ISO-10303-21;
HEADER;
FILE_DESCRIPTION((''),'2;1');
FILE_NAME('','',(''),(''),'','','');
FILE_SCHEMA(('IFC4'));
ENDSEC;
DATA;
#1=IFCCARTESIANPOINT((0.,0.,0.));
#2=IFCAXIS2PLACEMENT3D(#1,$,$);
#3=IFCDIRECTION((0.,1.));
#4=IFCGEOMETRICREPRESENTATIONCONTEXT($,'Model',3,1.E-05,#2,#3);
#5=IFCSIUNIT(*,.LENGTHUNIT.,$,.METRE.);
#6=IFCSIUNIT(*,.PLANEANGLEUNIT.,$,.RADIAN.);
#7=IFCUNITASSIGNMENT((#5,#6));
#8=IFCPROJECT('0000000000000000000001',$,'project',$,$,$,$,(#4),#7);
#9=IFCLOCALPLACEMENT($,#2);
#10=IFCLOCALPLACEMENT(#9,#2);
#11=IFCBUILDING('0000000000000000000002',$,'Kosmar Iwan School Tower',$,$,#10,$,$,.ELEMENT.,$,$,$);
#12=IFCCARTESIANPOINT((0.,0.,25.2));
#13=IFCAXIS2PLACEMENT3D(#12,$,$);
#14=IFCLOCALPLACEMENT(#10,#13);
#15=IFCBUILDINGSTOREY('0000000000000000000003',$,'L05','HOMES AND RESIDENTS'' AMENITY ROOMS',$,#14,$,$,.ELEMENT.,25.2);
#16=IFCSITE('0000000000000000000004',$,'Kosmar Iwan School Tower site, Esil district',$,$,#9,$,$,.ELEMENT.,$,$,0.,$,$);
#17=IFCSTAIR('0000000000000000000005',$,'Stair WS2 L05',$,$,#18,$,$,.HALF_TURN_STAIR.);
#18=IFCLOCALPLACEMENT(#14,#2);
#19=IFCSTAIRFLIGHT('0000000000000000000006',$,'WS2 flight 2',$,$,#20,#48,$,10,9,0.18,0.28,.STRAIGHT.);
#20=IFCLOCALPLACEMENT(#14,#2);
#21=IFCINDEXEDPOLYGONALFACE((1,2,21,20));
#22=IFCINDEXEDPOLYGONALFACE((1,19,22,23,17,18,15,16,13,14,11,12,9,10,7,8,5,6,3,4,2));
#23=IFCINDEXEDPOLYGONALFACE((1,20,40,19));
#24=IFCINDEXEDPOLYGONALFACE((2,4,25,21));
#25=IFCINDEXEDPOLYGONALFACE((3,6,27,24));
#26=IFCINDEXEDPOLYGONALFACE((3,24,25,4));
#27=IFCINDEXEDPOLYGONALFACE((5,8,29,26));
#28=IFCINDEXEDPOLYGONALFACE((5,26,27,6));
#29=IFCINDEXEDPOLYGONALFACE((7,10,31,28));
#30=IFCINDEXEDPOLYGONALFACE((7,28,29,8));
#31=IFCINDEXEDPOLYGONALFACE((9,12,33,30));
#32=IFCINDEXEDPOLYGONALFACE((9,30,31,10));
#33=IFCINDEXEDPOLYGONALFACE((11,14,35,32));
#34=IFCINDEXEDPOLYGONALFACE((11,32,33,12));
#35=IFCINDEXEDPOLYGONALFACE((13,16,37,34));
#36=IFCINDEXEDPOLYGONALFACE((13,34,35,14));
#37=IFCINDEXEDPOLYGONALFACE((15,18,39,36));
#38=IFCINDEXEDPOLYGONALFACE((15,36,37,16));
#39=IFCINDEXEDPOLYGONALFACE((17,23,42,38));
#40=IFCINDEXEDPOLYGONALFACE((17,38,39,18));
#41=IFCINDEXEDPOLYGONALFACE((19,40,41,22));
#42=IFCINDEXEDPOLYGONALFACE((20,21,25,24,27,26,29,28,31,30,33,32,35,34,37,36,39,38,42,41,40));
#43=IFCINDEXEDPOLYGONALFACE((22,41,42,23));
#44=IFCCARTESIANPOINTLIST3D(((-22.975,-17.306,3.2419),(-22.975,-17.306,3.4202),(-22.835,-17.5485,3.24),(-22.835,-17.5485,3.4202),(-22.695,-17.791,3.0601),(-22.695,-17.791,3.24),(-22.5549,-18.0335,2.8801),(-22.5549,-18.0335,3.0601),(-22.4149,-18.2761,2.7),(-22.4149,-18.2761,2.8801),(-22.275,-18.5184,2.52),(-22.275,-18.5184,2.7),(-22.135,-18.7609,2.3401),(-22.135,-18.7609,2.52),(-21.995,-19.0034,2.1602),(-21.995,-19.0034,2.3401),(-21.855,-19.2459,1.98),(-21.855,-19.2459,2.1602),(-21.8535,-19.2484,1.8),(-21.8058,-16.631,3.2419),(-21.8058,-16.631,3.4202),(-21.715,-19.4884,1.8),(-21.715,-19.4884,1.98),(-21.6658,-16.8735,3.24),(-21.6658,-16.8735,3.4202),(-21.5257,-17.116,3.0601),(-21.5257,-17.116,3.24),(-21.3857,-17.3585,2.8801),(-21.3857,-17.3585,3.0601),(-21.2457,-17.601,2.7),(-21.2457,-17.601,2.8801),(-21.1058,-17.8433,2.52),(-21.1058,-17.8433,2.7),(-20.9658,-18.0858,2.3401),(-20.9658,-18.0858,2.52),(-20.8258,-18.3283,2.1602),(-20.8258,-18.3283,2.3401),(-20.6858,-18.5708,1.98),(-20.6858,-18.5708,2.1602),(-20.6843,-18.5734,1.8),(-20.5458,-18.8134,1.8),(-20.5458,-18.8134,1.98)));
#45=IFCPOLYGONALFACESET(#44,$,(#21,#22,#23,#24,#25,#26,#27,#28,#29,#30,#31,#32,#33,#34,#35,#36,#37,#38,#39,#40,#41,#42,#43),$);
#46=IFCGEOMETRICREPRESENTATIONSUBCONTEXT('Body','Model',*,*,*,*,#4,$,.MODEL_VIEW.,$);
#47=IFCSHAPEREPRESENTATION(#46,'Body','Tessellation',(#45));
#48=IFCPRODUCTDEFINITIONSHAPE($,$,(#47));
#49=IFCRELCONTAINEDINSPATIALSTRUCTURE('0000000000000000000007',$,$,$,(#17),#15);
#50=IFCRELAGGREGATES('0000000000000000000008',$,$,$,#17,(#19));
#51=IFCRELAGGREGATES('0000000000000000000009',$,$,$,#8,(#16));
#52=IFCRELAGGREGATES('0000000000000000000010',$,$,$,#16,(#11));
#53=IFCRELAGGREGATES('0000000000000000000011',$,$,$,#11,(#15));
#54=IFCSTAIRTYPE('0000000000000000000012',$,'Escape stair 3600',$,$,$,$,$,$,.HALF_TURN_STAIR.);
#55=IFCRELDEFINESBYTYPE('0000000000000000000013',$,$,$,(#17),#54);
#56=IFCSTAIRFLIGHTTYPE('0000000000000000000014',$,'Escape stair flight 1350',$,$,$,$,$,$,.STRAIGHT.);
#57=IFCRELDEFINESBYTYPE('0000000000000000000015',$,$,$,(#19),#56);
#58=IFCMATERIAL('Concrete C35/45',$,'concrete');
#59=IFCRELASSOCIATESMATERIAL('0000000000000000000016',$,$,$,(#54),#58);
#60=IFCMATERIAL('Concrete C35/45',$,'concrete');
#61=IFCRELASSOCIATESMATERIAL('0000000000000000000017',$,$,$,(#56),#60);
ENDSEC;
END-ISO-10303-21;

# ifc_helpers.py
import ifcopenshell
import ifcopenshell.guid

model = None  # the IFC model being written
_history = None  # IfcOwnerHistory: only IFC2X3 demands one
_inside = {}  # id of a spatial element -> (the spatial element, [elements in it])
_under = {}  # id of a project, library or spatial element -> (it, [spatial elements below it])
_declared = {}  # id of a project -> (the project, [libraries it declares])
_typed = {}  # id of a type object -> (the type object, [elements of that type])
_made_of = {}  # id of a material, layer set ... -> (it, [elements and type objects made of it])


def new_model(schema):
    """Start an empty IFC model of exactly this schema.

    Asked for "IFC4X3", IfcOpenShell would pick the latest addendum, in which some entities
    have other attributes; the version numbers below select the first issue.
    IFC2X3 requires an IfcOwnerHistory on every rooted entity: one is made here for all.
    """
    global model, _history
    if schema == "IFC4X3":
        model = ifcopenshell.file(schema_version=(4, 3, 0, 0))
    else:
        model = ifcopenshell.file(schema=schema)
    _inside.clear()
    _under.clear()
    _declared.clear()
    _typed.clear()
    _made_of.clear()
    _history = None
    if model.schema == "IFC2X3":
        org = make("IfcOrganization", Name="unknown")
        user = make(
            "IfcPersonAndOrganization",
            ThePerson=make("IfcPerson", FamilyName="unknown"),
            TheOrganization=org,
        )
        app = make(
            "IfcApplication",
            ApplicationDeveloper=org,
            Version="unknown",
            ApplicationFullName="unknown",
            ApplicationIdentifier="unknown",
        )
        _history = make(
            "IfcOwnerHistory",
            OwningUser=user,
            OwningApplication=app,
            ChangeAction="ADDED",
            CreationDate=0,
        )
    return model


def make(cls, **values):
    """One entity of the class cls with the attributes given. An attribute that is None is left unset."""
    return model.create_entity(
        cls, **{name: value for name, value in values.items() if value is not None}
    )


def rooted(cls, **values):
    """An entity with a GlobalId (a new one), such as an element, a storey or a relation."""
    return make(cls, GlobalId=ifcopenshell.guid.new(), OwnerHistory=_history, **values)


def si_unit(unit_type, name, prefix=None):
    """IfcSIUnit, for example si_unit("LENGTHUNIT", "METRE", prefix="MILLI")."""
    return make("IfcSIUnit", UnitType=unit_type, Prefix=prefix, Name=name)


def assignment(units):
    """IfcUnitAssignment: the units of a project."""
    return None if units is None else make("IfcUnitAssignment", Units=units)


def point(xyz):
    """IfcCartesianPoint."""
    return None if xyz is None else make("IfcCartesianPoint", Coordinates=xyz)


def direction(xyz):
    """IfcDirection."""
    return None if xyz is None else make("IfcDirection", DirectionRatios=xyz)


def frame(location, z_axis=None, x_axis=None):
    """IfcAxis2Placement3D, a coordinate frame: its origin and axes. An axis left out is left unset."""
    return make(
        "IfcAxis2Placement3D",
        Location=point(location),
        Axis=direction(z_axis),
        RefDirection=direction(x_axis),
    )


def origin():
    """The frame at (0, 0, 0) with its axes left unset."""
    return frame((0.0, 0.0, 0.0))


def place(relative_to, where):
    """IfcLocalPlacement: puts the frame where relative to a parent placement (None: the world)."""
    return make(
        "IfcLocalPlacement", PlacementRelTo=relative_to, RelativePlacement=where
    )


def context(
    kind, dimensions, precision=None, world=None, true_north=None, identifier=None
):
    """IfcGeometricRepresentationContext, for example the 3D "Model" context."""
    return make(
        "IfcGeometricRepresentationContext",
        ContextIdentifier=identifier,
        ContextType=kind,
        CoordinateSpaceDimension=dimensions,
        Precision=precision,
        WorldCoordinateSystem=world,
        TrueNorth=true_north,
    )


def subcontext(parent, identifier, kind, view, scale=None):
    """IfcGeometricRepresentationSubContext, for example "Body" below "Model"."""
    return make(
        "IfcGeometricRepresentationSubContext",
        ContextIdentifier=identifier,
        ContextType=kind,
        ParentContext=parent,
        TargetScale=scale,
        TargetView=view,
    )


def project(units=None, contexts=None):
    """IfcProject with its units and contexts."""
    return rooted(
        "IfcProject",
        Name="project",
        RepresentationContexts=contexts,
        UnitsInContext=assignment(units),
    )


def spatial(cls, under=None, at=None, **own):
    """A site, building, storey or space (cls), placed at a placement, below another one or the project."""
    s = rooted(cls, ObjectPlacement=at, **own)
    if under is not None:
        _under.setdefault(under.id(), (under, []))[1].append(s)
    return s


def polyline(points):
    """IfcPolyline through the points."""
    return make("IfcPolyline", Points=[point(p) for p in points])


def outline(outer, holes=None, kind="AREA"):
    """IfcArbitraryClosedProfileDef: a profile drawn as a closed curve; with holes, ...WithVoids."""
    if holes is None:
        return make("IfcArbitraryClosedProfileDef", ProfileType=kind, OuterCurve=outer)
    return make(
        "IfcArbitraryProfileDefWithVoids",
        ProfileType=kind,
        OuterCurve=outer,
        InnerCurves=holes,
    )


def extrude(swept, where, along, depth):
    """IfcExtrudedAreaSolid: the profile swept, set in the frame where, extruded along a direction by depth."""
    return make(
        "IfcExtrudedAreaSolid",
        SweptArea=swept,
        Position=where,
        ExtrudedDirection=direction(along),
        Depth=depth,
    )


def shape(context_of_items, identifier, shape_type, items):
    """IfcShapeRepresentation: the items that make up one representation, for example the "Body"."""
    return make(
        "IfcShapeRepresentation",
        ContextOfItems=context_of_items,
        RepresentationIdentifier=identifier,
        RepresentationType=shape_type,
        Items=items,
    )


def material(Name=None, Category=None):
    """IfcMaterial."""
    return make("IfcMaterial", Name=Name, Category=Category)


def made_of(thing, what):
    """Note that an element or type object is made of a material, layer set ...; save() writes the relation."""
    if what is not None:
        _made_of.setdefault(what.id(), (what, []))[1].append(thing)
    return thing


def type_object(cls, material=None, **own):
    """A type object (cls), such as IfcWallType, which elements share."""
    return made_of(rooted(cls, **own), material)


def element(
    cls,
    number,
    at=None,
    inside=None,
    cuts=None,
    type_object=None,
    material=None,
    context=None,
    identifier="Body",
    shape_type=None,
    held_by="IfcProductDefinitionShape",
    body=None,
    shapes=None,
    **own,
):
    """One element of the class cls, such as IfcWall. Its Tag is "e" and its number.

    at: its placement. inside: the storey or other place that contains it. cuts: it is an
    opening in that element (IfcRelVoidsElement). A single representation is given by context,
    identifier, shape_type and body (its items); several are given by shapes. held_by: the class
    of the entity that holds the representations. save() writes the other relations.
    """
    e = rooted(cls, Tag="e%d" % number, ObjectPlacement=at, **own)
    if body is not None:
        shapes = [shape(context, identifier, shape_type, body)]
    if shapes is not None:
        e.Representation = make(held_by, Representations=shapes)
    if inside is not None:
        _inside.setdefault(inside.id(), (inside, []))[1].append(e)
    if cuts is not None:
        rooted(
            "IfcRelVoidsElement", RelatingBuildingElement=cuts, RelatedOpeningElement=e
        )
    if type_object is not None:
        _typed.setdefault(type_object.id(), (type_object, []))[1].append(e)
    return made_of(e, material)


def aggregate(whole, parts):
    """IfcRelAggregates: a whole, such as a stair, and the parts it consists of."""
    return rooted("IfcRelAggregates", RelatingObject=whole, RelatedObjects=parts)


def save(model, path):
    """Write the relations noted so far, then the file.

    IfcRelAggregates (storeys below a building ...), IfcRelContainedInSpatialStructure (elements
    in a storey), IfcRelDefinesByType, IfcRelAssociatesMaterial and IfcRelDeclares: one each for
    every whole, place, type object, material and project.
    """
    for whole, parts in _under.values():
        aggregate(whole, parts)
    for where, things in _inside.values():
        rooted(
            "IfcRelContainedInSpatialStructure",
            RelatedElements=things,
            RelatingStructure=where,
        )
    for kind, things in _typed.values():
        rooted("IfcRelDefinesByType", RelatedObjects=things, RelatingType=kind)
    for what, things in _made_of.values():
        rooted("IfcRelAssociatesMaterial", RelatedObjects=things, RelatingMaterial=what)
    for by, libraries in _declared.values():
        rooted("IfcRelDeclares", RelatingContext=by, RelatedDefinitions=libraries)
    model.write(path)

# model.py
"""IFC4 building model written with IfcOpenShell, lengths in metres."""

from ifc_helpers import new_model, si_unit, direction, frame, origin, place, context, subcontext, project, spatial, polyline, outline, extrude, material, type_object, element, aggregate, save


model = new_model("IFC4")

# Units and contexts
model_context = context("Model", 3, precision=1e-05, world=origin(), true_north=direction((0.0, 1.0)))
body_context = subcontext(model_context, "Body", "Model", "MODEL_VIEW")
ifc_project = project(units=[si_unit("LENGTHUNIT", "METRE"), si_unit("PLANEANGLEUNIT", "RADIAN")], contexts=[model_context])

# Site, building, storey
site_placement = place(None, origin())
site = spatial("IfcSite", under=ifc_project, at=site_placement, Name="Kosmar Iwan School Tower site, Esil district", CompositionType="ELEMENT", RefElevation=0.0)
building_placement = place(site_placement, origin())
building = spatial("IfcBuilding", under=site, at=building_placement, Name="Kosmar Iwan School Tower", CompositionType="ELEMENT")
storey_placement = place(building_placement, frame((0.0, 0.0, 25.2)))
storey = spatial("IfcBuildingStorey", under=building, at=storey_placement, Name="L05", Description="HOMES AND RESIDENTS' AMENITY ROOMS", CompositionType="ELEMENT", Elevation=25.2)

# Stair, stair flight
ifc_material_1 = material(Name="Concrete C35/45", Category="concrete")
stair_type = type_object("IfcStairType", Name="Escape stair 3600", PredefinedType="HALF_TURN_STAIR", material=ifc_material_1)
stair_placement = place(storey_placement, origin())
stair = element("IfcStair", 1, at=stair_placement, inside=storey, type_object=stair_type, Name="Stair WS2 L05", PredefinedType="HALF_TURN_STAIR")
ifc_material_2 = material(Name="Concrete C35/45", Category="concrete")
stair_flight_type = type_object("IfcStairFlightType", Name="Escape stair flight 1350", PredefinedType="STRAIGHT", material=ifc_material_2)
stair_flight_1_placement = place(storey_placement, frame((-21.1304, -19.1509, 1.8), z_axis=(0.0, 0.0, 1.0), x_axis=(-0.5, 0.866025, 0.0)))
stair_flight_1 = element("IfcStairFlight", 2, at=stair_flight_1_placement, type_object=stair_flight_type, Name="WS2 flight 2", NumberOfRisers=10, NumberOfTreads=9, PredefinedType="STRAIGHT", RiserHeight=0.18, TreadLength=0.28, context=body_context, shape_type="SweptSolid", body=[
    extrude(outline(polyline([(0.0, 0.0), (0.0, 0.1799), (0.28, 0.1799), (0.28, 0.3601), (0.5601, 0.3601), (0.5601, 0.54), (0.8401, 0.54), (0.8401, 0.72), (1.1201, 0.72), (1.1201, 0.8999), (1.3999, 0.8999), (1.3999, 1.0801), (1.6799, 1.0801), (1.6799, 1.26), (1.96, 1.26), (1.96, 1.4399), (2.24, 1.4399), (2.24, 1.6201), (2.52, 1.6201), (2.52, 1.8), (2.52, 1.4419), (0.2771, 0.0), (0.0, 0.0)])), frame((0.0, 0.675, 0.0), z_axis=(0.0, -1.0, 0.0), x_axis=(1.0, 0.0, 0.0)), (0.0, 0.0, 1.0), 1.3501),
])
aggregate(stair, [stair_flight_1])

save(model, "model.ifc")
